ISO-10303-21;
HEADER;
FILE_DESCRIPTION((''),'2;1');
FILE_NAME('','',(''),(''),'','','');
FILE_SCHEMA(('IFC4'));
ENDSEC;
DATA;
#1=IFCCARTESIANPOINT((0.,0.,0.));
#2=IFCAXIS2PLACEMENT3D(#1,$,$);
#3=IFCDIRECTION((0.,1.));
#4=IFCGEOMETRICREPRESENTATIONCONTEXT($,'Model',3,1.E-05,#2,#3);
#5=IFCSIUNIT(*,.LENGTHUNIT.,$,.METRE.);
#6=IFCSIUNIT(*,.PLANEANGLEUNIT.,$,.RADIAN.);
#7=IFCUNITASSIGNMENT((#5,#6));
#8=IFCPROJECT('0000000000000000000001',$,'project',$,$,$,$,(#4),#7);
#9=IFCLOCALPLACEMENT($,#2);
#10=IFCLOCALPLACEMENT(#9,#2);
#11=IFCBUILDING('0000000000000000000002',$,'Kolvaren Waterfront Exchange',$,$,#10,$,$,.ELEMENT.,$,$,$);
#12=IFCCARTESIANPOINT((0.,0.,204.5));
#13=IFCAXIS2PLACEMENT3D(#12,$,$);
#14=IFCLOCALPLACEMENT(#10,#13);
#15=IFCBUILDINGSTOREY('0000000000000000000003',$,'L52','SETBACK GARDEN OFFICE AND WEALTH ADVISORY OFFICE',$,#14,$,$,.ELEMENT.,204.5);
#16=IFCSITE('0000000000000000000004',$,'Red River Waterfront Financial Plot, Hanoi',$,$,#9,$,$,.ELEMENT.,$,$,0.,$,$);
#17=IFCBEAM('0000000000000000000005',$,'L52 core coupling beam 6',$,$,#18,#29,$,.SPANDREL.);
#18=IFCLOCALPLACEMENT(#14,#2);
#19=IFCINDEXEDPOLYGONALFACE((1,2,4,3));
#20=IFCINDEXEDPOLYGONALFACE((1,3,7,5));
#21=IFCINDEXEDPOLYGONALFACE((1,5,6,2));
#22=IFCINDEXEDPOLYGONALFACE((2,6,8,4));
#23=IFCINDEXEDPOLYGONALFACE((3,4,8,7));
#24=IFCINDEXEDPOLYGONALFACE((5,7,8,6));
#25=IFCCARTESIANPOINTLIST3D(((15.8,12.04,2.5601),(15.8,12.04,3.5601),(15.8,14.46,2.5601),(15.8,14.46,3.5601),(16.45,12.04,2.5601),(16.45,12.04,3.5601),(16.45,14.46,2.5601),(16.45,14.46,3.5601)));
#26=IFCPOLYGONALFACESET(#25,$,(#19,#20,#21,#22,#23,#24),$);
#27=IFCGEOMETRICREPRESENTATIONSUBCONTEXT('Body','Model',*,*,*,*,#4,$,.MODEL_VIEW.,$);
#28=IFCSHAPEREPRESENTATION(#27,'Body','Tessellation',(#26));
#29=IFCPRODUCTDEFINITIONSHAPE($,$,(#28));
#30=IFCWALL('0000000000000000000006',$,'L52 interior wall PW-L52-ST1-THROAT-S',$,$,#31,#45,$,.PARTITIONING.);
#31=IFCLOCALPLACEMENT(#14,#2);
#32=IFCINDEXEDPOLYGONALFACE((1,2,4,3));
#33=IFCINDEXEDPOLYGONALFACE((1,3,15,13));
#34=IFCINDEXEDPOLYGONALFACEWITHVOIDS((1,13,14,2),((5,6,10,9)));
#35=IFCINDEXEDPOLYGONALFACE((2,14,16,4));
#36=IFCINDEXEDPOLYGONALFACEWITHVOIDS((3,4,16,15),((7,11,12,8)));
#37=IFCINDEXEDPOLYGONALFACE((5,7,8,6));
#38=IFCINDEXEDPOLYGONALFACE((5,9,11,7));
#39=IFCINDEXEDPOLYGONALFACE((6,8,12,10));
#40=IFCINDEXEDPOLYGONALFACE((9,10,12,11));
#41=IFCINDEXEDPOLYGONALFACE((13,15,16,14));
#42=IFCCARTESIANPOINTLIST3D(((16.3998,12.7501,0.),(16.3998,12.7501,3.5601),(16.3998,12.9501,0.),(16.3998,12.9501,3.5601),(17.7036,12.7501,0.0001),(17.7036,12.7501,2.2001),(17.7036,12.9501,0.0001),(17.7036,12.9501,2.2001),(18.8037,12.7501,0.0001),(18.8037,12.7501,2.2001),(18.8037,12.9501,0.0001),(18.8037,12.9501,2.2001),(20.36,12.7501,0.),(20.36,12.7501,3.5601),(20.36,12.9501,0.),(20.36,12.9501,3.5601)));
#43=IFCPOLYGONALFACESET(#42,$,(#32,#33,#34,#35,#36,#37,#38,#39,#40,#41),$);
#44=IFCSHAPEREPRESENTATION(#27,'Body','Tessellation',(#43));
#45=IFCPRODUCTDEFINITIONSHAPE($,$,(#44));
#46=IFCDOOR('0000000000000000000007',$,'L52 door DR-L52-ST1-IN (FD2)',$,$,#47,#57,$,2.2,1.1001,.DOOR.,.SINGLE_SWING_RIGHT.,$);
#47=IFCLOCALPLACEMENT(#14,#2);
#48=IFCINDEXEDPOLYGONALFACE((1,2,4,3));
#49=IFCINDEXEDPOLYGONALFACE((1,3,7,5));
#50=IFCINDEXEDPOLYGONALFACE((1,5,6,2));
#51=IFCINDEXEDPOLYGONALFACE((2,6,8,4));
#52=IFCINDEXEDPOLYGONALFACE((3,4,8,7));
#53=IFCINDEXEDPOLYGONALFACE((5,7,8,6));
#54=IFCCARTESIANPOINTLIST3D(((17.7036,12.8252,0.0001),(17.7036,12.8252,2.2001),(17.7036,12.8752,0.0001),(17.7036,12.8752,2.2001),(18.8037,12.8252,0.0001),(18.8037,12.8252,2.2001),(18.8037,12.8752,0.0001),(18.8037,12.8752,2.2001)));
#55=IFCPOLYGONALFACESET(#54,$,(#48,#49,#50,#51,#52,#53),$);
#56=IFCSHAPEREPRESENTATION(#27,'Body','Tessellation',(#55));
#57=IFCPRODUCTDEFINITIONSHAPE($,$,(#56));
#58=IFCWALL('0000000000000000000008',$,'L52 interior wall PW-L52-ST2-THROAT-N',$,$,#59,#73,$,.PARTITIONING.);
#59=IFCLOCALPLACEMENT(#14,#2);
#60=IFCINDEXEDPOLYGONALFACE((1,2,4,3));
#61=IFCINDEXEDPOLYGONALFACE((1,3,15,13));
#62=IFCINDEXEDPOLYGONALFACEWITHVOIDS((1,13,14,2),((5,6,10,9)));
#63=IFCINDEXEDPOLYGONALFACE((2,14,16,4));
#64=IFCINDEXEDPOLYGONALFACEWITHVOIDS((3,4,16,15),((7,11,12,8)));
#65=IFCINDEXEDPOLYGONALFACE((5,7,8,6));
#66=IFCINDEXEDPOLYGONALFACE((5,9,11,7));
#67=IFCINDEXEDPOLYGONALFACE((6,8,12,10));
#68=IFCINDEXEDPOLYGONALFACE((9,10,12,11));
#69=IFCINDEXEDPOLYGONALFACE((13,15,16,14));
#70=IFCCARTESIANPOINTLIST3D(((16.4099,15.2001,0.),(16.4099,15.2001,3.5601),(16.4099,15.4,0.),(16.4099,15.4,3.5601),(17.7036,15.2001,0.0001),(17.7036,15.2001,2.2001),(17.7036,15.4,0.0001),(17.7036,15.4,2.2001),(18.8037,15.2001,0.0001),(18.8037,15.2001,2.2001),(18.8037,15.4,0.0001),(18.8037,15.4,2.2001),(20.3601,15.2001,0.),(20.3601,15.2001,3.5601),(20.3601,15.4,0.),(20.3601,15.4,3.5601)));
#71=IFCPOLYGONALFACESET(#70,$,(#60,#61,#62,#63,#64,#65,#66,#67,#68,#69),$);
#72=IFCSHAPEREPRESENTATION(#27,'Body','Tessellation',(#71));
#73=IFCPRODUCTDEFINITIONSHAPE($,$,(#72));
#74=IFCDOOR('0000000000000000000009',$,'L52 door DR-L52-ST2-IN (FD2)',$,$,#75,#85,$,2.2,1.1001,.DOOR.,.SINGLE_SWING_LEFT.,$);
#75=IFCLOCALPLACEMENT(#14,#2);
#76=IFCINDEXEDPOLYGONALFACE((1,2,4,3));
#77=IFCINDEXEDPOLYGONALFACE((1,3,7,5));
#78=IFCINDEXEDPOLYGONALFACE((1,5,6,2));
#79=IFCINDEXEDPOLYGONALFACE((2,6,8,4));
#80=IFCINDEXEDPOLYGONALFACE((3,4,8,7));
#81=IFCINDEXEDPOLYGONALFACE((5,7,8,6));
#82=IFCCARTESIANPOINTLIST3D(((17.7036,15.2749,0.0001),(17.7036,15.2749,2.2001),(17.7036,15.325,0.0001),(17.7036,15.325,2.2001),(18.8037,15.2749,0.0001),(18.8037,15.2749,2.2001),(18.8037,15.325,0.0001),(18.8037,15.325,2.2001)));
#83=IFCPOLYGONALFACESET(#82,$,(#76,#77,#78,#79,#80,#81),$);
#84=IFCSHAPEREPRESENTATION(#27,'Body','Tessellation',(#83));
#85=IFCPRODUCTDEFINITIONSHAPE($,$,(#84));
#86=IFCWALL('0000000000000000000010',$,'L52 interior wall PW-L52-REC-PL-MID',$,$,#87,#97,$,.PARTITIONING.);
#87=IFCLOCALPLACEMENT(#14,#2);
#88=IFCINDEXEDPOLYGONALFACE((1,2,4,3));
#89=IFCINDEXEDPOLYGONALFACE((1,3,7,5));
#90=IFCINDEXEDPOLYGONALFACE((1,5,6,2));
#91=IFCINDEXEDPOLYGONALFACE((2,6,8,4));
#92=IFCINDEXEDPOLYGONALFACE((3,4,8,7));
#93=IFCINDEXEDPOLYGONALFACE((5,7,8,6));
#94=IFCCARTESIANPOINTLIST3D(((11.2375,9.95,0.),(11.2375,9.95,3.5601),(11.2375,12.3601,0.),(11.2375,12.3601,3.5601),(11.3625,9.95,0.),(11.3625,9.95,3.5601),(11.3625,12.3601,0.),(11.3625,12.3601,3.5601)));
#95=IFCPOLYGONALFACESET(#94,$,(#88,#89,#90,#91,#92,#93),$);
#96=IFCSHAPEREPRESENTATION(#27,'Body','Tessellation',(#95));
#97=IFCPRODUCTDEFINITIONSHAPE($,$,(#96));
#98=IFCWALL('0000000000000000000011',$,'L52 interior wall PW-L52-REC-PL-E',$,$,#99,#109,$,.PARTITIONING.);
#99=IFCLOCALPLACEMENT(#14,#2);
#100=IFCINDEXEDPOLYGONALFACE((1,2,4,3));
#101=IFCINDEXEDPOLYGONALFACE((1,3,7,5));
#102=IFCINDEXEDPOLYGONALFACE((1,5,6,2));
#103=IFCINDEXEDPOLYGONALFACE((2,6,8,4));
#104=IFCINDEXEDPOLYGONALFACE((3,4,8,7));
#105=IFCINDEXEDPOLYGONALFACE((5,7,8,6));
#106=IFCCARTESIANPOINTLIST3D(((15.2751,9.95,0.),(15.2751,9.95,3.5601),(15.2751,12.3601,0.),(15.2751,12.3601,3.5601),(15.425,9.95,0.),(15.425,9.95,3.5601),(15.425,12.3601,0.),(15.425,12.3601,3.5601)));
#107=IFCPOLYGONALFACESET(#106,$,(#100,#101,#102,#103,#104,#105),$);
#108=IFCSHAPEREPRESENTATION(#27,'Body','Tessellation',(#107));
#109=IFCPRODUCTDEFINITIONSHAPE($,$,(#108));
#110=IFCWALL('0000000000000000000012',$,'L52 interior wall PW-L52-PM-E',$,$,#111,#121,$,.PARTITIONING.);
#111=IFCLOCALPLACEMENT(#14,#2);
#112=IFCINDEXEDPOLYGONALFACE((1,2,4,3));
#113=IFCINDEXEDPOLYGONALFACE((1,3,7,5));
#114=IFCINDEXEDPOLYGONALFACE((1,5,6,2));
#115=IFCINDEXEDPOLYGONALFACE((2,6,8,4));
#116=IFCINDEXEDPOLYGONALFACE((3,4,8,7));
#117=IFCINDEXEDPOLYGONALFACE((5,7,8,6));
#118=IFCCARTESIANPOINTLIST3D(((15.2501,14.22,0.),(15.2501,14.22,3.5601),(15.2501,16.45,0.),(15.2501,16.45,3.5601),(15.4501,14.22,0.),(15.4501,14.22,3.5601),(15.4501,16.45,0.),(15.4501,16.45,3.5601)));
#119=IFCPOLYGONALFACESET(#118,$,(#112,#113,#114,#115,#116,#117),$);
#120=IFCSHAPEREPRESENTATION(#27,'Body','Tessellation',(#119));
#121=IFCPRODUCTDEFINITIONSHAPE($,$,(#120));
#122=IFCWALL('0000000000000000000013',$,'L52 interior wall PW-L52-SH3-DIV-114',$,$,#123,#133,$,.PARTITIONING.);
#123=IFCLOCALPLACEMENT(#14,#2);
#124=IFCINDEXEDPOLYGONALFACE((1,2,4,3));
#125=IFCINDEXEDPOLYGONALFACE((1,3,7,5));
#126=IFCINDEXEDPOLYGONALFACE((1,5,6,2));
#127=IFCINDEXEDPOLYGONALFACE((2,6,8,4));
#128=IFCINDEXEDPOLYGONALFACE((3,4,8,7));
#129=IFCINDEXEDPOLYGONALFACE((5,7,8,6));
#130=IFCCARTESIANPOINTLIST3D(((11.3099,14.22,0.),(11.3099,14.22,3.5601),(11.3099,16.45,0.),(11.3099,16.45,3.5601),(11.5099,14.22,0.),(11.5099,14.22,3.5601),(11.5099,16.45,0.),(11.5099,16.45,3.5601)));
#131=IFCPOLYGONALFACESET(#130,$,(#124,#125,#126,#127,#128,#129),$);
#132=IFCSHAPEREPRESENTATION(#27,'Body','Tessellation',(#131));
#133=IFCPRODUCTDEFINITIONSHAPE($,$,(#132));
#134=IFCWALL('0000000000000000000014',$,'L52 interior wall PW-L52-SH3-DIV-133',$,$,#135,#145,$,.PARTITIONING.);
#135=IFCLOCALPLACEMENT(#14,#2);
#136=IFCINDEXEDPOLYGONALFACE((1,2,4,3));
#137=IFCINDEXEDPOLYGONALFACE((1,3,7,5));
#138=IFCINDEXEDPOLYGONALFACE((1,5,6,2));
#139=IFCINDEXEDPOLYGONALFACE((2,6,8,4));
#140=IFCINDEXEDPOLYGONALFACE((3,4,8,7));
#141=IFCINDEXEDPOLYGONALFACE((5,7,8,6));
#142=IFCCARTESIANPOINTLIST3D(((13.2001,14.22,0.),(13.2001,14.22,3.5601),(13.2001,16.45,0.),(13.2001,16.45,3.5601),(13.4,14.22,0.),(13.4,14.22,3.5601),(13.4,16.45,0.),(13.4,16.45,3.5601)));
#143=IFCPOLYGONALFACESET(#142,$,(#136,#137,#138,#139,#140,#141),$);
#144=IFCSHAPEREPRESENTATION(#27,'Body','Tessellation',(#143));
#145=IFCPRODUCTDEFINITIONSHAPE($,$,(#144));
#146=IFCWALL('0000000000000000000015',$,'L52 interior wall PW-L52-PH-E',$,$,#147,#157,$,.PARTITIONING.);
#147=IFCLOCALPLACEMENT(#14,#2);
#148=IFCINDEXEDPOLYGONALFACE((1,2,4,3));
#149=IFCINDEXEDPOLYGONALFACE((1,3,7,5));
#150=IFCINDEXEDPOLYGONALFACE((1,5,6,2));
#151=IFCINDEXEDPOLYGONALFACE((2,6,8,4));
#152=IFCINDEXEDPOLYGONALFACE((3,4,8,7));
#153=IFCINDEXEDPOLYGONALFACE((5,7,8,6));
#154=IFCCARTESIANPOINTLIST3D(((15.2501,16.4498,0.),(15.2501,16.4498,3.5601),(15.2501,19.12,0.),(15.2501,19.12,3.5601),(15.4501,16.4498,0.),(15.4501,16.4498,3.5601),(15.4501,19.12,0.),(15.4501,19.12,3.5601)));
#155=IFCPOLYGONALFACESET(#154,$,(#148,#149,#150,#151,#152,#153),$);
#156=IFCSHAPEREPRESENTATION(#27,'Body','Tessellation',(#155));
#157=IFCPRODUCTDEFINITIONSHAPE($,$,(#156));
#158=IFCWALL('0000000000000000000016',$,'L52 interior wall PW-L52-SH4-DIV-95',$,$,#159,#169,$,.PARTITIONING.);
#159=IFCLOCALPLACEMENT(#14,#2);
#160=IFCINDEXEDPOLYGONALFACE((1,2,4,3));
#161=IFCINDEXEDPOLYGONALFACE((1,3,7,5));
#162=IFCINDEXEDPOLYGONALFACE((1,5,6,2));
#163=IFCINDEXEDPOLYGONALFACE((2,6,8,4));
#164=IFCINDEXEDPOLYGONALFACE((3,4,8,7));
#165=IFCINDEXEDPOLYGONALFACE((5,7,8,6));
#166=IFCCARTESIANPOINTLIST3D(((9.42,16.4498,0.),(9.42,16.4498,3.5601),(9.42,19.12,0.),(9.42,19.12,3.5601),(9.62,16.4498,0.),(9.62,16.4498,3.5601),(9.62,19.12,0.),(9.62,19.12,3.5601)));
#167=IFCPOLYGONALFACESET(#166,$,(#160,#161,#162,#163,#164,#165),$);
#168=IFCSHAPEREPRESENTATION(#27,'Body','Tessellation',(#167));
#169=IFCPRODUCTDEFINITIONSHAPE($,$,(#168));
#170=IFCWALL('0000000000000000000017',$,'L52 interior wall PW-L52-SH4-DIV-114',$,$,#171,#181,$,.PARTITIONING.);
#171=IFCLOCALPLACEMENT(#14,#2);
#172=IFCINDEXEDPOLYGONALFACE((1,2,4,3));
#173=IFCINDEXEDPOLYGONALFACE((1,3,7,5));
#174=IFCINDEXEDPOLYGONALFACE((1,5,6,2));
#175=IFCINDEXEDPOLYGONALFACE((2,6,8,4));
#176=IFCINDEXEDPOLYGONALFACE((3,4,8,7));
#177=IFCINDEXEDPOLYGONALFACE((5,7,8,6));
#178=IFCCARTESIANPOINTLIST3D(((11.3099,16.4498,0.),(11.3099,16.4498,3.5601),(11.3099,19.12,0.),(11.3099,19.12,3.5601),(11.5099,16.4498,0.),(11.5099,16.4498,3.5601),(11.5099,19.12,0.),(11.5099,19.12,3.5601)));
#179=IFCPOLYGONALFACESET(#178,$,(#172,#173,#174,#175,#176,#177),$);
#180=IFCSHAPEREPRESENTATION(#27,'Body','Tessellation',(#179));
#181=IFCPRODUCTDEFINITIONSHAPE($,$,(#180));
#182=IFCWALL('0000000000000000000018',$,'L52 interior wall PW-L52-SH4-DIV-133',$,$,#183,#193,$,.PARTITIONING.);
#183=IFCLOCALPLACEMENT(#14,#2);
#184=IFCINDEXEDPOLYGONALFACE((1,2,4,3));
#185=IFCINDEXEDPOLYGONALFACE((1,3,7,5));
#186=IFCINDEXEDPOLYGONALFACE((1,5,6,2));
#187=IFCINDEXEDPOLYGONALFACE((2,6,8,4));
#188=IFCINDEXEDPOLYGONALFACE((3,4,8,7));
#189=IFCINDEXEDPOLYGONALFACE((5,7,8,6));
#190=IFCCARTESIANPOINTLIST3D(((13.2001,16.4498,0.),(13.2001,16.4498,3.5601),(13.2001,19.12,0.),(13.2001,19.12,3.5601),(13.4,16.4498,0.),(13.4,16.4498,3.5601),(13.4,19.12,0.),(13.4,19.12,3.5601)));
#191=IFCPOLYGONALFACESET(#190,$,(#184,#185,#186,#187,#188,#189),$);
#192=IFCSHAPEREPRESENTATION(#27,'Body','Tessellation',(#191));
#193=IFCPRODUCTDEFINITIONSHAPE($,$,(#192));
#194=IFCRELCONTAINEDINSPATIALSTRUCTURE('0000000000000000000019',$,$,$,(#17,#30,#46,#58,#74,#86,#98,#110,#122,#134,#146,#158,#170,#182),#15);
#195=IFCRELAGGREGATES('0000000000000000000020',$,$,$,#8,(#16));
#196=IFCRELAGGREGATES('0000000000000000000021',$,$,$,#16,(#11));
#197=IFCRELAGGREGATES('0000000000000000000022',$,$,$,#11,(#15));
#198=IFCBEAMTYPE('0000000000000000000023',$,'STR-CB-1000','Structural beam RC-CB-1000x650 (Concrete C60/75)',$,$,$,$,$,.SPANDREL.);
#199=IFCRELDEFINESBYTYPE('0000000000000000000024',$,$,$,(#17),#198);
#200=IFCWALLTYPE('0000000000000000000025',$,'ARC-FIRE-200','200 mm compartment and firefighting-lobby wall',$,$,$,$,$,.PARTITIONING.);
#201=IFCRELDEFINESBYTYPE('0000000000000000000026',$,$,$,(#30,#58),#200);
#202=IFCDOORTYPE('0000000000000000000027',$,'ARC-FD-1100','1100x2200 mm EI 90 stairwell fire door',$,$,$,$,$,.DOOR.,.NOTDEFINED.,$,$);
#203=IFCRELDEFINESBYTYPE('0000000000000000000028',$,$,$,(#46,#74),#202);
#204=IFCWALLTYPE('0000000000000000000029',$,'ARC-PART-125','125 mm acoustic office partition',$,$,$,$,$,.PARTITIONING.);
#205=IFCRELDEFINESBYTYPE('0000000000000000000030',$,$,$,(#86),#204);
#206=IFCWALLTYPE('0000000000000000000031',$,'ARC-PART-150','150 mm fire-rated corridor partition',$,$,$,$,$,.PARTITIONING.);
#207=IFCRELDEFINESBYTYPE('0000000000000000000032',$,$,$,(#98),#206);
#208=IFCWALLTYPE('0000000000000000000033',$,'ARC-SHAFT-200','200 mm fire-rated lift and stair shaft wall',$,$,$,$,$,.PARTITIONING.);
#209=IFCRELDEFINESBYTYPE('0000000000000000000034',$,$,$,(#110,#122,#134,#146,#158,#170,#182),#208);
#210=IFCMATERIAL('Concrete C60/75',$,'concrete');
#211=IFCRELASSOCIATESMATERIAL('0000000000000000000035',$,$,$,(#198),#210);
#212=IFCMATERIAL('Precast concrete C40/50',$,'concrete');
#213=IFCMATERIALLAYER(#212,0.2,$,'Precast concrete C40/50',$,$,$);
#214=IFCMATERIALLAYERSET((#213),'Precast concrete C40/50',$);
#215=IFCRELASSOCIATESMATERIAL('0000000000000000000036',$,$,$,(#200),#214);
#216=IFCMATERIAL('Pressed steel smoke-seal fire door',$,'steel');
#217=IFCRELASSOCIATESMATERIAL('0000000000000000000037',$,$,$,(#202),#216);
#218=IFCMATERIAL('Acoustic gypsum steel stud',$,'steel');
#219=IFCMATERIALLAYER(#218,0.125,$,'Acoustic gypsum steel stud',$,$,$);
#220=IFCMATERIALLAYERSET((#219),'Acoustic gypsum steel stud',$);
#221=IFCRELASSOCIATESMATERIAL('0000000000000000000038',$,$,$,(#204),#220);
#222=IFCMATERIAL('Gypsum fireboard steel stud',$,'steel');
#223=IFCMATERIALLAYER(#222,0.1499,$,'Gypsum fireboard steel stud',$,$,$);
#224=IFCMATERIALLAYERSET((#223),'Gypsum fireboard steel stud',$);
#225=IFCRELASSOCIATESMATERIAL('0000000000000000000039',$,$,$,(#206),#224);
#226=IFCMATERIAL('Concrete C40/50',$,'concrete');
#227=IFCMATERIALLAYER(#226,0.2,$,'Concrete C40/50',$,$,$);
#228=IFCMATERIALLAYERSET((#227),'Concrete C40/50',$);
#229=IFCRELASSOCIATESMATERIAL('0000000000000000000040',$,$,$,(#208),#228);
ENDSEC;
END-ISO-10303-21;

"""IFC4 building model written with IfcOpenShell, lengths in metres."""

from ifc_helpers import new_model, si_unit, direction, frame, frame_2d, origin, origin_2d, place, context, subcontext, project, spatial, rectangle, extrude, material, layer, layer_set, material_profile, profile_set, type_object, element, fill, save


model = new_model("IFC4")

# Units and contexts
model_context = context("Model", 3, precision=1e-05, world=origin(), true_north=direction((0.0, 1.0)))
body_context = subcontext(model_context, "Body", "Model", "MODEL_VIEW")
ifc_project = project(units=[si_unit("LENGTHUNIT", "METRE"), si_unit("PLANEANGLEUNIT", "RADIAN")], contexts=[model_context])

# Site, building, storey
site_placement = place(None, origin())
site = spatial("IfcSite", under=ifc_project, at=site_placement, Name="Red River Waterfront Financial Plot, Hanoi", CompositionType="ELEMENT", RefElevation=0.0)
building_placement = place(site_placement, origin())
building = spatial("IfcBuilding", under=site, at=building_placement, Name="Kolvaren Waterfront Exchange", CompositionType="ELEMENT")
storey_placement = place(building_placement, frame((0.0, 0.0, 204.5)))
storey = spatial("IfcBuildingStorey", under=building, at=storey_placement, Name="L52", Description="SETBACK GARDEN OFFICE AND WEALTH ADVISORY OFFICE", CompositionType="ELEMENT", Elevation=204.5)

# Beam
ifc_material_1 = material(Name="Concrete C60/75", Category="concrete")
ifc_material_profile = material_profile(ifc_material_1, rectangle(XDim=0.6499, YDim=1.0, at=origin_2d()), Name="RC-CB-1000x650")
ifc_profile_set = profile_set([ifc_material_profile], Name="Concrete C60/75")
beam_type = type_object("IfcBeamType", Name="STR-CB-1000", Description="Structural beam RC-CB-1000x650 (Concrete C60/75)", PredefinedType="SPANDREL", material=ifc_profile_set)
beam_placement = place(storey_placement, frame((16.125, 12.04, 3.0601), z_axis=(0.0, 1.0, 0.0), x_axis=(-1.0, 0.0, 0.0)))
element("IfcBeam", 1, at=beam_placement, inside=storey, type_object=beam_type, Name="L52 core coupling beam 6", PredefinedType="SPANDREL", context=body_context, shape_type="SweptSolid", body=[
    extrude(rectangle(XDim=0.6499, YDim=1.0, at=origin_2d()), origin(), (0.0, 0.0, 1.0), 2.4199),
])

# Walls, openings, doors
ifc_material_2 = material(Name="Precast concrete C40/50", Category="concrete")
ifc_layer_1 = layer(ifc_material_2, 0.2, Name="Precast concrete C40/50")
ifc_layer_set_1 = layer_set([ifc_layer_1], Name="Precast concrete C40/50")
wall_type_1 = type_object("IfcWallType", Name="ARC-FIRE-200", Description="200 mm compartment and firefighting-lobby wall", PredefinedType="PARTITIONING", material=ifc_layer_set_1)
wall_1_placement = place(storey_placement, frame((16.3999, 12.8501, 0.0), z_axis=(0.0, 0.0, 1.0), x_axis=(1.0, 0.0, 0.0)))
wall_1 = element("IfcWall", 2, at=wall_1_placement, inside=storey, type_object=wall_type_1, Name="L52 interior wall PW-L52-ST1-THROAT-S", PredefinedType="PARTITIONING", context=body_context, shape_type="SweptSolid", body=[
    extrude(rectangle(XDim=3.9602, YDim=0.2, at=frame_2d((1.98, 0.0))), origin(), (0.0, 0.0, 1.0), 3.5601),
])
opening_1_placement = place(wall_1_placement, frame((1.3037, 0.0, 0.0)))
opening_1 = element("IfcOpeningElement", 3, at=opening_1_placement, cuts=wall_1, PredefinedType="OPENING", context=body_context, shape_type="SweptSolid", body=[
    extrude(rectangle(XDim=1.1001, YDim=2.2, at=frame_2d((0.55, 1.1001))), frame((0.0, 0.1099, 0.0), z_axis=(0.0, -1.0, 0.0), x_axis=(1.0, 0.0, 0.0)), (0.0, 0.0, 1.0), 0.22),
])
ifc_material_3 = material(Name="Pressed steel smoke-seal fire door", Category="steel")
door_type = type_object("IfcDoorType", Name="ARC-FD-1100", Description="1100x2200 mm EI 90 stairwell fire door", OperationType="NOTDEFINED", PredefinedType="DOOR", material=ifc_material_3)
door_1_placement = place(opening_1_placement, frame((1.1001, 0.0, 0.0), z_axis=(0.0, 0.0, 1.0), x_axis=(-1.0, 0.0, 0.0)))
door_1 = element("IfcDoor", 4, at=door_1_placement, inside=storey, type_object=door_type, Name="L52 door DR-L52-ST1-IN (FD2)", OperationType="SINGLE_SWING_RIGHT", OverallHeight=2.2, OverallWidth=1.1001, PredefinedType="DOOR", context=body_context, shape_type="SweptSolid", body=[
    extrude(rectangle(XDim=1.1001, YDim=2.2, at=frame_2d((0.55, 1.1001))), frame((0.0, 0.0249, 0.0), z_axis=(0.0, -1.0, 0.0), x_axis=(1.0, 0.0, 0.0)), (0.0, 0.0, 1.0), 0.05),
])
fill(opening_1, door_1)
wall_2_placement = place(storey_placement, frame((16.4099, 15.3, 0.0), z_axis=(0.0, 0.0, 1.0), x_axis=(1.0, 0.0, 0.0)))
wall_2 = element("IfcWall", 5, at=wall_2_placement, inside=storey, type_object=wall_type_1, Name="L52 interior wall PW-L52-ST2-THROAT-N", PredefinedType="PARTITIONING", context=body_context, shape_type="SweptSolid", body=[
    extrude(rectangle(XDim=3.9502, YDim=0.2, at=frame_2d((1.9751, 0.0))), origin(), (0.0, 0.0, 1.0), 3.5601),
])
opening_2_placement = place(wall_2_placement, frame((1.2937, 0.0, 0.0)))
opening_2 = element("IfcOpeningElement", 6, at=opening_2_placement, cuts=wall_2, PredefinedType="OPENING", context=body_context, shape_type="SweptSolid", body=[
    extrude(rectangle(XDim=1.1001, YDim=2.2, at=frame_2d((0.55, 1.1001))), frame((0.0, 0.1099, 0.0), z_axis=(0.0, -1.0, 0.0), x_axis=(1.0, 0.0, 0.0)), (0.0, 0.0, 1.0), 0.22),
])
door_2_placement = place(opening_2_placement, origin())
door_2 = element("IfcDoor", 7, at=door_2_placement, inside=storey, type_object=door_type, Name="L52 door DR-L52-ST2-IN (FD2)", OperationType="SINGLE_SWING_LEFT", OverallHeight=2.2, OverallWidth=1.1001, PredefinedType="DOOR", context=body_context, shape_type="SweptSolid", body=[
    extrude(rectangle(XDim=1.1001, YDim=2.2, at=frame_2d((0.55, 1.1001))), frame((0.0, 0.0249, 0.0), z_axis=(0.0, -1.0, 0.0), x_axis=(1.0, 0.0, 0.0)), (0.0, 0.0, 1.0), 0.05),
])
fill(opening_2, door_2)

# Walls
ifc_material_4 = material(Name="Acoustic gypsum steel stud", Category="steel")
ifc_layer_2 = layer(ifc_material_4, 0.125, Name="Acoustic gypsum steel stud")
ifc_layer_set_2 = layer_set([ifc_layer_2], Name="Acoustic gypsum steel stud")
wall_type_2 = type_object("IfcWallType", Name="ARC-PART-125", Description="125 mm acoustic office partition", PredefinedType="PARTITIONING", material=ifc_layer_set_2)
wall_3_placement = place(storey_placement, frame((11.3, 9.95, 0.0), z_axis=(0.0, 0.0, 1.0), x_axis=(0.0, 1.0, 0.0)))
element("IfcWall", 8, at=wall_3_placement, inside=storey, type_object=wall_type_2, Name="L52 interior wall PW-L52-REC-PL-MID", PredefinedType="PARTITIONING", context=body_context, shape_type="SweptSolid", body=[
    extrude(rectangle(XDim=2.4102, YDim=0.125, at=frame_2d((1.2051, 0.0))), origin(), (0.0, 0.0, 1.0), 3.5601),
])
ifc_material_5 = material(Name="Gypsum fireboard steel stud", Category="steel")
ifc_layer_3 = layer(ifc_material_5, 0.1499, Name="Gypsum fireboard steel stud")
ifc_layer_set_3 = layer_set([ifc_layer_3], Name="Gypsum fireboard steel stud")
wall_type_3 = type_object("IfcWallType", Name="ARC-PART-150", Description="150 mm fire-rated corridor partition", PredefinedType="PARTITIONING", material=ifc_layer_set_3)
wall_4_placement = place(storey_placement, frame((15.3501, 9.95, 0.0), z_axis=(0.0, 0.0, 1.0), x_axis=(0.0, 1.0, 0.0)))
element("IfcWall", 9, at=wall_4_placement, inside=storey, type_object=wall_type_3, Name="L52 interior wall PW-L52-REC-PL-E", PredefinedType="PARTITIONING", context=body_context, shape_type="SweptSolid", body=[
    extrude(rectangle(XDim=2.4102, YDim=0.1499, at=frame_2d((1.2051, 0.0))), origin(), (0.0, 0.0, 1.0), 3.5601),
])
ifc_material_6 = material(Name="Concrete C40/50", Category="concrete")
ifc_layer_4 = layer(ifc_material_6, 0.2, Name="Concrete C40/50")
ifc_layer_set_4 = layer_set([ifc_layer_4], Name="Concrete C40/50")
wall_type_4 = type_object("IfcWallType", Name="ARC-SHAFT-200", Description="200 mm fire-rated lift and stair shaft wall", PredefinedType="PARTITIONING", material=ifc_layer_set_4)
for number, where, z_axis, x_axis, name in (
    (10, (15.3501, 14.22, 0.0), (0.0, 0.0, 1.0), (0.0, 1.0, 0.0), "L52 interior wall PW-L52-PM-E"),
    (11, (11.4099, 14.22, 0.0), (0.0, 0.0, 1.0), (0.0, 1.0, 0.0), "L52 interior wall PW-L52-SH3-DIV-114"),
    (12, (13.3, 14.22, 0.0), (0.0, 0.0, 1.0), (0.0, 1.0, 0.0), "L52 interior wall PW-L52-SH3-DIV-133"),
):
    element("IfcWall", number, at=place(storey_placement, frame(where, z_axis=z_axis, x_axis=x_axis)), inside=storey, type_object=wall_type_4, Name=name, PredefinedType="PARTITIONING", context=body_context, shape_type="SweptSolid", body=[
        extrude(rectangle(XDim=2.23, YDim=0.2, at=frame_2d((1.115, 0.0))), origin(), (0.0, 0.0, 1.0), 3.5601),
    ])
for number, where, z_axis, x_axis, name in (
    (13, (15.3501, 16.45, 0.0), (0.0, 0.0, 1.0), (0.0, 1.0, 0.0), "L52 interior wall PW-L52-PH-E"),
    (14, (9.52, 16.45, 0.0), (0.0, 0.0, 1.0), (0.0, 1.0, 0.0), "L52 interior wall PW-L52-SH4-DIV-95"),
    (15, (11.4099, 16.45, 0.0), (0.0, 0.0, 1.0), (0.0, 1.0, 0.0), "L52 interior wall PW-L52-SH4-DIV-114"),
    (16, (13.3, 16.45, 0.0), (0.0, 0.0, 1.0), (0.0, 1.0, 0.0), "L52 interior wall PW-L52-SH4-DIV-133"),
):
    element("IfcWall", number, at=place(storey_placement, frame(where, z_axis=z_axis, x_axis=x_axis)), inside=storey, type_object=wall_type_4, Name=name, PredefinedType="PARTITIONING", context=body_context, shape_type="SweptSolid", body=[
        extrude(rectangle(XDim=2.6702, YDim=0.2, at=frame_2d((1.335, 0.0))), origin(), (0.0, 0.0, 1.0), 3.5601),
    ])

save(model, "model.ifc")
